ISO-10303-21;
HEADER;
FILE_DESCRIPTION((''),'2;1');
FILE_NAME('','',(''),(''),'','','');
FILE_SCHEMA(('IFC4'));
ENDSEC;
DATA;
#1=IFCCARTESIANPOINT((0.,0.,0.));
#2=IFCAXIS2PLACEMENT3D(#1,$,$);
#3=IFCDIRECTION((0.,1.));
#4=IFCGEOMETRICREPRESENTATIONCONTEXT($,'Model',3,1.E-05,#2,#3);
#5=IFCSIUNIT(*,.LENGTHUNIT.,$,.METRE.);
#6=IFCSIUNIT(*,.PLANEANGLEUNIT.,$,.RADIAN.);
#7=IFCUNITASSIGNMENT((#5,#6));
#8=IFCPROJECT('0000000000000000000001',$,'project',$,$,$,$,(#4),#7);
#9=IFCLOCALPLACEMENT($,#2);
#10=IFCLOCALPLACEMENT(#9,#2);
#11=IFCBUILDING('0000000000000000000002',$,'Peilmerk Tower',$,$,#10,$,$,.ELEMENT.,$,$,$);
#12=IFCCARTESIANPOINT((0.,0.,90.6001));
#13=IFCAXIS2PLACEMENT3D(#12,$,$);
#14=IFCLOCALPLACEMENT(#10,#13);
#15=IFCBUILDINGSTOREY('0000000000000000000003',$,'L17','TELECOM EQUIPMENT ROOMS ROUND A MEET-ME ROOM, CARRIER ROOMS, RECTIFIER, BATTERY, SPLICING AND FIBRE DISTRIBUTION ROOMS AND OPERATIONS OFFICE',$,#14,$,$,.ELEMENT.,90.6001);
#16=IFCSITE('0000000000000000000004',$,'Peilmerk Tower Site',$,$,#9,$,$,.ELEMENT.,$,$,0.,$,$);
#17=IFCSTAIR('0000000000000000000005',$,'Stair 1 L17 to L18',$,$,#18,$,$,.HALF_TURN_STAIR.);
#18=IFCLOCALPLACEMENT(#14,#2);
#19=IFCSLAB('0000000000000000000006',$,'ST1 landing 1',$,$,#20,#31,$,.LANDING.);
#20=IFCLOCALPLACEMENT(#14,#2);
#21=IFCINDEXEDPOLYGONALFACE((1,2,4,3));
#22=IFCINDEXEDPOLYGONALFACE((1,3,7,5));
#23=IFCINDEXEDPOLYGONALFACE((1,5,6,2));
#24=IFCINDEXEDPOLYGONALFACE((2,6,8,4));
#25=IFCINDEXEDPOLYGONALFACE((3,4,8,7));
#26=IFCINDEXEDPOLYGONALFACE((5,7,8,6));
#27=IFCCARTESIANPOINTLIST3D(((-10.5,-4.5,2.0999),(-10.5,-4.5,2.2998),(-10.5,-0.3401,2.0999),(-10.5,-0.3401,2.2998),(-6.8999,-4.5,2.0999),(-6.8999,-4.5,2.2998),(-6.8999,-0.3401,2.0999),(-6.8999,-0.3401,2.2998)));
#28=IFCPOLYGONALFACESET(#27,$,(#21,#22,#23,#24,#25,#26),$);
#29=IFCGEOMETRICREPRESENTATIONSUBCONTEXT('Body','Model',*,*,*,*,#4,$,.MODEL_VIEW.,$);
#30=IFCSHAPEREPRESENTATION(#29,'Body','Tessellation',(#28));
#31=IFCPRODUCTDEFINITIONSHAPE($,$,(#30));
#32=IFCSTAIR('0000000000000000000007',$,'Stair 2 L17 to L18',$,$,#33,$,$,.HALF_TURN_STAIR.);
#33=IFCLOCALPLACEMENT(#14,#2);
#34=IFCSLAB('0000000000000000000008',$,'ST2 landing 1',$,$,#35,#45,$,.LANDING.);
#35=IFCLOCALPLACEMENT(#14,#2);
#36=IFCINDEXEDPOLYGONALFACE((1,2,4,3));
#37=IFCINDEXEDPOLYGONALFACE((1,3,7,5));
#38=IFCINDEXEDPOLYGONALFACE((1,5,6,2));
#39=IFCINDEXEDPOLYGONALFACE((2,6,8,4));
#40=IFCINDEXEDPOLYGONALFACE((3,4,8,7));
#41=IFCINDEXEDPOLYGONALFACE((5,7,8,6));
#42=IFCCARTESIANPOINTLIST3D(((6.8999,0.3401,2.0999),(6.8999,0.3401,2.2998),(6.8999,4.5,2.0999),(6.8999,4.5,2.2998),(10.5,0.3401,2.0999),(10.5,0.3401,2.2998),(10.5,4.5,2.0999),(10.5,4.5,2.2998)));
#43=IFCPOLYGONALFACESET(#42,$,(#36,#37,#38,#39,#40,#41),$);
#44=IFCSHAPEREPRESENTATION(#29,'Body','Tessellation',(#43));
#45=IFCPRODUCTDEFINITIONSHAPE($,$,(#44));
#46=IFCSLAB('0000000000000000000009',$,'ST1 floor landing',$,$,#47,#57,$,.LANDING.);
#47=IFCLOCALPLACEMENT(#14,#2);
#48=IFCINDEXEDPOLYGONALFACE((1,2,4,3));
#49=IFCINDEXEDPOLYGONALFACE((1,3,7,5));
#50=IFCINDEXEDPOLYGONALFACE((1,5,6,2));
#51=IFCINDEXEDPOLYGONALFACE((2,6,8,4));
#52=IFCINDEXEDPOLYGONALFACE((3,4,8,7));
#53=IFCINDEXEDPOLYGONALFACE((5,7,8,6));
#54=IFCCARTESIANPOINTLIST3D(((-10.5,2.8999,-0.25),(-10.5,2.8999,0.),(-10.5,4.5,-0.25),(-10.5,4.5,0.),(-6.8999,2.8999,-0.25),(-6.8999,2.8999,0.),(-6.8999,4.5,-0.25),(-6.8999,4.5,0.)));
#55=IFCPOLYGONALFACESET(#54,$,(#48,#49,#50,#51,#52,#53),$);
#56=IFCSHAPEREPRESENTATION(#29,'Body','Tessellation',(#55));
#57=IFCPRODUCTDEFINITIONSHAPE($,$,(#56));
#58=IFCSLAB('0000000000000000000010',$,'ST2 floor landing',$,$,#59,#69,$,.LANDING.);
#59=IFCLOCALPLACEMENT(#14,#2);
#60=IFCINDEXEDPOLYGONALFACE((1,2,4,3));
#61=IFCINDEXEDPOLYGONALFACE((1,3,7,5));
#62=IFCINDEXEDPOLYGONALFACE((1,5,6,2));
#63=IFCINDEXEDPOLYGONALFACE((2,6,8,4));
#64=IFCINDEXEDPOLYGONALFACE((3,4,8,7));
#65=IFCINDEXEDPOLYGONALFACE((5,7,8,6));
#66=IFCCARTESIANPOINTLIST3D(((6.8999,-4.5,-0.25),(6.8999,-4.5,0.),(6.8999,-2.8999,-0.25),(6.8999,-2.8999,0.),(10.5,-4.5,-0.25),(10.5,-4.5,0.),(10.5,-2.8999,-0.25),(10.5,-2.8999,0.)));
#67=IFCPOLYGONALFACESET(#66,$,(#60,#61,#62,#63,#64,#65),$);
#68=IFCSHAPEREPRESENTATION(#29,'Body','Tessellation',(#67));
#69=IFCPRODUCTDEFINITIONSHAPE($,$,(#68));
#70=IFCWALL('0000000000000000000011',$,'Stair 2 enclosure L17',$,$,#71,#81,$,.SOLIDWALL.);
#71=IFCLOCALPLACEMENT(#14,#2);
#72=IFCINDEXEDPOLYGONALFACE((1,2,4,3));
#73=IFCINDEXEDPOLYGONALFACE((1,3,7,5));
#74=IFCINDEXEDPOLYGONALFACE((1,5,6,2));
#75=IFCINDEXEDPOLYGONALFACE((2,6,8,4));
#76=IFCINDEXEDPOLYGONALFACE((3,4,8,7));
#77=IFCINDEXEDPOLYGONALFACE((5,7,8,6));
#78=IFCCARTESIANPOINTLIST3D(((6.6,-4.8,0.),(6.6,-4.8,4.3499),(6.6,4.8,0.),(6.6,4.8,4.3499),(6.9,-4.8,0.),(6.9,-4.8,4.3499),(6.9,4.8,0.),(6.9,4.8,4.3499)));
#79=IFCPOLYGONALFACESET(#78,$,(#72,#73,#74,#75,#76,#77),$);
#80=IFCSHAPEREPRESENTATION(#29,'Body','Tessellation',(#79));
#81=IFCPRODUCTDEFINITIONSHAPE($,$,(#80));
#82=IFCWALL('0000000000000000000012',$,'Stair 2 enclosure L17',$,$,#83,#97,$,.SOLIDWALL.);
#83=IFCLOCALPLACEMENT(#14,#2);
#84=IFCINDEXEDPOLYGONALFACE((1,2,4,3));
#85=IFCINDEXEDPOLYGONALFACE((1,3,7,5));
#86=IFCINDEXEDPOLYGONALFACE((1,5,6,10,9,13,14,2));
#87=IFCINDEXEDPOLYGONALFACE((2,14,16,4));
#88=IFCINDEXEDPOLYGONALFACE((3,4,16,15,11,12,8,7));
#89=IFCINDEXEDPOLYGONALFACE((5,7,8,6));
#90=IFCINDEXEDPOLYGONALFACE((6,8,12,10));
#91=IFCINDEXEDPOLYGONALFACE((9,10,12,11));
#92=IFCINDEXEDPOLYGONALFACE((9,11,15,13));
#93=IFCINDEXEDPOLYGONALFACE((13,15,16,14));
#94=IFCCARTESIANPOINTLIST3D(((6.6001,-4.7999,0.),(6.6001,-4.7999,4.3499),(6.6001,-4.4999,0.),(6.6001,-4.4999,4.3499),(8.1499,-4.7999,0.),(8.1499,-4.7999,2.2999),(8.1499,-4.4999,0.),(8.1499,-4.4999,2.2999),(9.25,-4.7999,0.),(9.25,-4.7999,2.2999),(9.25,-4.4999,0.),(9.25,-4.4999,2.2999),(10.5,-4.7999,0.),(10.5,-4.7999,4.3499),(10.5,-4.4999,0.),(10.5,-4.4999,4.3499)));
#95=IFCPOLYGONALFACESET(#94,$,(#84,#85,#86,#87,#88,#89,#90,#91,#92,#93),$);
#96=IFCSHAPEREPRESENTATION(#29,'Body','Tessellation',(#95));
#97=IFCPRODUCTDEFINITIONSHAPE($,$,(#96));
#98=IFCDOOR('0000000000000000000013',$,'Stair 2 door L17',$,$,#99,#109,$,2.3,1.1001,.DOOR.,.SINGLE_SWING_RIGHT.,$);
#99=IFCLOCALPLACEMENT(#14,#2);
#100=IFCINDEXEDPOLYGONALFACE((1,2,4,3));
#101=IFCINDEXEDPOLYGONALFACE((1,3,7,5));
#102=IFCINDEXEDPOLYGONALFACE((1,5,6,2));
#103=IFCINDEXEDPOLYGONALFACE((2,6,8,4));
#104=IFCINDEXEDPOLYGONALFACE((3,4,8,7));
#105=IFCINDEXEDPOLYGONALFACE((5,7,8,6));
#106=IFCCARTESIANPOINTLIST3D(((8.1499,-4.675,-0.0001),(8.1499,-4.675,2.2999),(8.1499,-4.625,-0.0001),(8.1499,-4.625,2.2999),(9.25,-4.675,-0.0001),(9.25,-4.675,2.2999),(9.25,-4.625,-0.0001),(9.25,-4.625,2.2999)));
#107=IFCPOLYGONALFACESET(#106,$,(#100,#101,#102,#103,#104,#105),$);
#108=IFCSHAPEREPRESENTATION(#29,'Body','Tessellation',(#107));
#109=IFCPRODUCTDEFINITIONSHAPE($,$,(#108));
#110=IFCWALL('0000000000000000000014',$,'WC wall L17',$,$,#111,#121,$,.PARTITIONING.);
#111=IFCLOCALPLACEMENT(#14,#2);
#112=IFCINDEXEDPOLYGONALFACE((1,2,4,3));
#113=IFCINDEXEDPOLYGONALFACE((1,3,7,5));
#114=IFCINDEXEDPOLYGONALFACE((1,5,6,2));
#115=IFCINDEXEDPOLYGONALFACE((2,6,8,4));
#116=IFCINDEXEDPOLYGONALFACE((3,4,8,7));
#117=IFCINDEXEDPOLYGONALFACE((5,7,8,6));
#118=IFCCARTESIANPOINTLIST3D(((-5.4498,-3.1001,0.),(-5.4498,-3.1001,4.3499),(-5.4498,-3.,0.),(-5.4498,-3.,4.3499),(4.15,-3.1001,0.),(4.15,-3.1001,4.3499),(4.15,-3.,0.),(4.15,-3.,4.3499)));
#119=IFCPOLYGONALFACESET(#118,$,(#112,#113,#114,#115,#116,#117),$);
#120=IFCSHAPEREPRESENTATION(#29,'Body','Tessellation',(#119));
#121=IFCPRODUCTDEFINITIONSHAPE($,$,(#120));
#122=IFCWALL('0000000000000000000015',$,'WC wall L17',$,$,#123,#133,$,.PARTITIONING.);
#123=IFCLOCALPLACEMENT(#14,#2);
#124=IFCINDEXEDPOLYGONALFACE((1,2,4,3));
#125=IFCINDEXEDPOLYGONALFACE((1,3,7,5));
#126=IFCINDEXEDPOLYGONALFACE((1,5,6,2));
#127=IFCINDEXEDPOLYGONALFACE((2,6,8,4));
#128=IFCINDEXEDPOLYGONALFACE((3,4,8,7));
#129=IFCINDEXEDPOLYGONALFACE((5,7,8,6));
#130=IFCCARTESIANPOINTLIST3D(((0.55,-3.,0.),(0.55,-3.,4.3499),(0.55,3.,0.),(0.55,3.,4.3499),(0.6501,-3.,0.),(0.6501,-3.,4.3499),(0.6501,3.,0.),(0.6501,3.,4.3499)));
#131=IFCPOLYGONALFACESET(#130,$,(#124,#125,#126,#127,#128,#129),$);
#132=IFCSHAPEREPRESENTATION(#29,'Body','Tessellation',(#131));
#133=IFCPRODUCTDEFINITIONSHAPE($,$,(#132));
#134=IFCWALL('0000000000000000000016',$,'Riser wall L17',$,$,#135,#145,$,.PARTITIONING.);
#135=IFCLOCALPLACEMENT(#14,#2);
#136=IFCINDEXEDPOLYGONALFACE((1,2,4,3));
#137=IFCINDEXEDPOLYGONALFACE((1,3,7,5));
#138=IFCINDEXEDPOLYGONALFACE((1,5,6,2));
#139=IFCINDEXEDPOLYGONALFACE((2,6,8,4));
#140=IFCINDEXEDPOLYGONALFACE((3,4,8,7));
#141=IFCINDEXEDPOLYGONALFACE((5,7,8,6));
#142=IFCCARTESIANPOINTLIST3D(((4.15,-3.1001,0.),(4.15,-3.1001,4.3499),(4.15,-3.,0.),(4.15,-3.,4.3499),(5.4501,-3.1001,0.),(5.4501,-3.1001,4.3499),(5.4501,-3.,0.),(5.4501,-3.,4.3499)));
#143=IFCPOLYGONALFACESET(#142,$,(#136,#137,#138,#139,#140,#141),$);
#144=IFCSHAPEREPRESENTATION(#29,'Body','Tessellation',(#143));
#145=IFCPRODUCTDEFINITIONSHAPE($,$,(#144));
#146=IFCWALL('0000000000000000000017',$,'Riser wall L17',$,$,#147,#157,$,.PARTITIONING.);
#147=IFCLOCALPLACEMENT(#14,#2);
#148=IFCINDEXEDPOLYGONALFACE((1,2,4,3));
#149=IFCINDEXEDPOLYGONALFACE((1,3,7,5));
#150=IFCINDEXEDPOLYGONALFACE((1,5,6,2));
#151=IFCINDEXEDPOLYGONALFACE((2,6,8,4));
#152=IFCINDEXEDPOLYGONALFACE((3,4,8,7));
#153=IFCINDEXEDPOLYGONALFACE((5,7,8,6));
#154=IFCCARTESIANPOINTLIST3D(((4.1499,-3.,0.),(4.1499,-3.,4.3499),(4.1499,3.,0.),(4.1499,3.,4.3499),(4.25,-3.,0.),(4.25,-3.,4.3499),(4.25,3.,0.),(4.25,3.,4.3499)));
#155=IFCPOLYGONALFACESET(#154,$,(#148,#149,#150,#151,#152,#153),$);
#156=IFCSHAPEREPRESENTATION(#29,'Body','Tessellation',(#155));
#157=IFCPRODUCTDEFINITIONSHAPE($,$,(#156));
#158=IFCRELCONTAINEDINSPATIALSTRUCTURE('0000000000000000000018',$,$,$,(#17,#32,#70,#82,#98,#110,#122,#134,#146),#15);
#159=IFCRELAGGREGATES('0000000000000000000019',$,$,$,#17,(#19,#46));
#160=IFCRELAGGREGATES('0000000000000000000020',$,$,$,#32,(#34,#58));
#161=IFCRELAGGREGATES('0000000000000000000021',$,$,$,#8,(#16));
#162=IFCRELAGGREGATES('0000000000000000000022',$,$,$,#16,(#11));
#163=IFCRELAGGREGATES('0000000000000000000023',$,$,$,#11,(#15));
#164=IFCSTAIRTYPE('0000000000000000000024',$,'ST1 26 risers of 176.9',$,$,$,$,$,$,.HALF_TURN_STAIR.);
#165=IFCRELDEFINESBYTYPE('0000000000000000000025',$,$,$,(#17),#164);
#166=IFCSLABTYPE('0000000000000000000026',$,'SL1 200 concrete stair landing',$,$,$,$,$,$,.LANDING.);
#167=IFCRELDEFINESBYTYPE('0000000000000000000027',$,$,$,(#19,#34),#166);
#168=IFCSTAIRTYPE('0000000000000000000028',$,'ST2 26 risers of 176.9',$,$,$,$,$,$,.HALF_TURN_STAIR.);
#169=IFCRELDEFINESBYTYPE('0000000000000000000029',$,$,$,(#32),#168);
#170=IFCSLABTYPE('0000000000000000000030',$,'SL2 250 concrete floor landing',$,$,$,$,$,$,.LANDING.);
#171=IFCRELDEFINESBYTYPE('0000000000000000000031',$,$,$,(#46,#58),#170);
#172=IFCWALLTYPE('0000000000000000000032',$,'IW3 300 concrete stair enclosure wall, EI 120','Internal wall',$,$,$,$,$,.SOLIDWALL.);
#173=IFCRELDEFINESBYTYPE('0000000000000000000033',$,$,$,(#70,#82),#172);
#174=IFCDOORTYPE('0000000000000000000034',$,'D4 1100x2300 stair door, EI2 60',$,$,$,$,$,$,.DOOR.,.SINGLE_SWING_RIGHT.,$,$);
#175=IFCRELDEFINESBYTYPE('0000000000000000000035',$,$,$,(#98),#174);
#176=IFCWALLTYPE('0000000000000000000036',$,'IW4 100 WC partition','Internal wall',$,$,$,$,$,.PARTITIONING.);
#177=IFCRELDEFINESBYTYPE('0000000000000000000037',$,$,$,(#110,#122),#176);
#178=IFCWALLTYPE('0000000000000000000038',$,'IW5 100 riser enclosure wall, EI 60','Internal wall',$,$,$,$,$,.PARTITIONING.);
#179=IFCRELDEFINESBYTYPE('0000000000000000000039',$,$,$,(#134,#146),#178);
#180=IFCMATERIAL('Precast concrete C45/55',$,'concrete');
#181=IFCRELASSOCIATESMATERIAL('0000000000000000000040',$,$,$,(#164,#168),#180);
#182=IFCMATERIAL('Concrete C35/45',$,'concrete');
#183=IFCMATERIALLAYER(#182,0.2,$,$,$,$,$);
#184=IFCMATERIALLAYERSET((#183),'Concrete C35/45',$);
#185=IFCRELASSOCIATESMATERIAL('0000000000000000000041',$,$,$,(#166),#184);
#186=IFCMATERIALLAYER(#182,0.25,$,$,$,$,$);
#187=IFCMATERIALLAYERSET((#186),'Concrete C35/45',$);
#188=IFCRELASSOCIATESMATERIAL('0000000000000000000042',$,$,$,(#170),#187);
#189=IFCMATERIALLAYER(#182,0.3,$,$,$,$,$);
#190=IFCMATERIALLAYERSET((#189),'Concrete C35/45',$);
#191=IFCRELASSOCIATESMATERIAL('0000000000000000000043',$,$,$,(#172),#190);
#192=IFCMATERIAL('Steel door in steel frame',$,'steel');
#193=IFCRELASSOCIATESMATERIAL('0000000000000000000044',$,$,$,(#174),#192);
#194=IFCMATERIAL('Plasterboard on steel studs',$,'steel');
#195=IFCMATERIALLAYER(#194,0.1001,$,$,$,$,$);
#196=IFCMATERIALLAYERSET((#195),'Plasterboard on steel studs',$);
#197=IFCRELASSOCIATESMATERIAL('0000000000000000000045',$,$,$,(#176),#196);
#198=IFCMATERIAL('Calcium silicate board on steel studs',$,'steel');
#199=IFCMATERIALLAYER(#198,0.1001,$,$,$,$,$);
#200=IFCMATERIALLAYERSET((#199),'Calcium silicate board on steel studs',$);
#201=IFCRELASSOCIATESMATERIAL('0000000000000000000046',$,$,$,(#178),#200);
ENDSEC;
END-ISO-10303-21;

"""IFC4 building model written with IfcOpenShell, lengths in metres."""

from ifc_helpers import new_model, si_unit, direction, frame, frame_2d, origin, place, context, subcontext, project, spatial, polyline, rectangle, outline, extrude, material, layer, layer_set, type_object, element, fill, aggregate, save


model = new_model("IFC4")

# Units and contexts
model_context = context("Model", 3, precision=1e-05, world=origin(), true_north=direction((0.0, 1.0)))
body_context = subcontext(model_context, "Body", "Model", "MODEL_VIEW")
ifc_project = project(units=[si_unit("LENGTHUNIT", "METRE"), si_unit("PLANEANGLEUNIT", "RADIAN")], contexts=[model_context])

# Site, building, storey
site_placement = place(None, origin())
site = spatial("IfcSite", under=ifc_project, at=site_placement, Name="Peilmerk Tower Site", CompositionType="ELEMENT", RefElevation=0.0)
building_placement = place(site_placement, origin())
building = spatial("IfcBuilding", under=site, at=building_placement, Name="Peilmerk Tower", CompositionType="ELEMENT")
storey_placement = place(building_placement, frame((0.0, 0.0, 90.6001)))
storey = spatial("IfcBuildingStorey", under=building, at=storey_placement, Name="L17", Description="TELECOM EQUIPMENT ROOMS ROUND A MEET-ME ROOM, CARRIER ROOMS, RECTIFIER, BATTERY, SPLICING AND FIBRE DISTRIBUTION ROOMS AND OPERATIONS OFFICE", CompositionType="ELEMENT", Elevation=90.6001)

# Stairs, slabs
ifc_material_1 = material(Name="Precast concrete C45/55", Category="concrete")
stair_type_1 = type_object("IfcStairType", Name="ST1 26 risers of 176.9", PredefinedType="HALF_TURN_STAIR", material=ifc_material_1)
stair_1_placement = place(storey_placement, origin())
stair_1 = element("IfcStair", 1, at=stair_1_placement, inside=storey, type_object=stair_type_1, Name="Stair 1 L17 to L18", PredefinedType="HALF_TURN_STAIR")
ifc_material_2 = material(Name="Concrete C35/45", Category="concrete")
ifc_layer_1 = layer(ifc_material_2, 0.2)
ifc_layer_set_1 = layer_set([ifc_layer_1], Name="Concrete C35/45")
slab_type_1 = type_object("IfcSlabType", Name="SL1 200 concrete stair landing", PredefinedType="LANDING", material=ifc_layer_set_1)
slab_1_placement = place(storey_placement, frame((0.0, 0.0, 2.0999)))
slab_1 = element("IfcSlab", 2, at=slab_1_placement, type_object=slab_type_1, Name="ST1 landing 1", PredefinedType="LANDING", context=body_context, shape_type="SweptSolid", body=[
    extrude(outline(polyline([(-10.5, -4.5), (-6.8999, -4.5), (-6.8999, -0.3401), (-10.5, -0.3401), (-10.5, -4.5)])), origin(), (0.0, 0.0, 1.0), 0.2),
])
stair_type_2 = type_object("IfcStairType", Name="ST2 26 risers of 176.9", PredefinedType="HALF_TURN_STAIR", material=ifc_material_1)
stair_2_placement = place(storey_placement, origin())
stair_2 = element("IfcStair", 3, at=stair_2_placement, inside=storey, type_object=stair_type_2, Name="Stair 2 L17 to L18", PredefinedType="HALF_TURN_STAIR")
slab_2_placement = place(storey_placement, frame((0.0, 0.0, 2.0999)))
slab_2 = element("IfcSlab", 4, at=slab_2_placement, type_object=slab_type_1, Name="ST2 landing 1", PredefinedType="LANDING", context=body_context, shape_type="SweptSolid", body=[
    extrude(outline(polyline([(6.8999, 0.3401), (10.5, 0.3401), (10.5, 4.5), (6.8999, 4.5), (6.8999, 0.3401)])), origin(), (0.0, 0.0, 1.0), 0.2),
])

# Slabs
ifc_layer_2 = layer(ifc_material_2, 0.25)
ifc_layer_set_2 = layer_set([ifc_layer_2], Name="Concrete C35/45")
slab_type_2 = type_object("IfcSlabType", Name="SL2 250 concrete floor landing", PredefinedType="LANDING", material=ifc_layer_set_2)
slab_3_placement = place(storey_placement, frame((0.0, 0.0, -0.25)))
slab_3 = element("IfcSlab", 5, at=slab_3_placement, type_object=slab_type_2, Name="ST1 floor landing", PredefinedType="LANDING", context=body_context, shape_type="SweptSolid", body=[
    extrude(outline(polyline([(-10.5, 2.8999), (-6.8999, 2.8999), (-6.8999, 4.5), (-10.5, 4.5), (-10.5, 2.8999)])), origin(), (0.0, 0.0, 1.0), 0.25),
])
aggregate(stair_1, [slab_1, slab_3])
slab_4_placement = place(storey_placement, frame((0.0, 0.0, -0.25)))
slab_4 = element("IfcSlab", 6, at=slab_4_placement, type_object=slab_type_2, Name="ST2 floor landing", PredefinedType="LANDING", context=body_context, shape_type="SweptSolid", body=[
    extrude(outline(polyline([(6.8999, -4.5), (10.5, -4.5), (10.5, -2.8999), (6.8999, -2.8999), (6.8999, -4.5)])), origin(), (0.0, 0.0, 1.0), 0.25),
])

# Wall
ifc_layer_3 = layer(ifc_material_2, 0.3)
ifc_layer_set_3 = layer_set([ifc_layer_3], Name="Concrete C35/45")
wall_type_1 = type_object("IfcWallType", Name="IW3 300 concrete stair enclosure wall, EI 120", Description="Internal wall", PredefinedType="SOLIDWALL", material=ifc_layer_set_3)
wall_1_placement = place(storey_placement, frame((6.75, -4.8, 0.0), z_axis=(0.0, 0.0, 1.0), x_axis=(0.0, 1.0, 0.0)))
element("IfcWall", 7, at=wall_1_placement, inside=storey, type_object=wall_type_1, Name="Stair 2 enclosure L17", PredefinedType="SOLIDWALL", context=body_context, shape_type="SweptSolid", body=[
    extrude(rectangle(XDim=9.6001, YDim=0.3, at=frame_2d((4.8, 0.0))), origin(), (0.0, 0.0, 1.0), 4.3499),
])

# Wall, opening, door
wall_2_placement = place(storey_placement, frame((10.5, -4.6499, 0.0), z_axis=(0.0, 0.0, 1.0), x_axis=(-1.0, 0.0, 0.0)))
wall_2 = element("IfcWall", 8, at=wall_2_placement, inside=storey, type_object=wall_type_1, Name="Stair 2 enclosure L17", PredefinedType="SOLIDWALL", context=body_context, shape_type="SweptSolid", body=[
    extrude(rectangle(XDim=3.8999, YDim=0.3, at=frame_2d((1.95, 0.0))), origin(), (0.0, 0.0, 1.0), 4.3499),
])
opening_1_placement = place(wall_2_placement, frame((1.25, 0.0, 0.0)))
opening_1 = element("IfcOpeningElement", 9, at=opening_1_placement, cuts=wall_2, PredefinedType="OPENING", context=body_context, shape_type="SweptSolid", body=[
    extrude(rectangle(XDim=1.1001, YDim=2.3, at=frame_2d((0.55, 1.1499))), frame((0.0, 0.1599, 0.0), z_axis=(0.0, -1.0, 0.0), x_axis=(1.0, 0.0, 0.0)), (0.0, 0.0, 1.0), 0.3201),
])
ifc_material_3 = material(Name="Steel door in steel frame", Category="steel")
door_type_1 = type_object("IfcDoorType", Name="D4 1100x2300 stair door, EI2 60", OperationType="SINGLE_SWING_RIGHT", PredefinedType="DOOR", material=ifc_material_3)
door_1_placement = place(opening_1_placement, frame((1.1001, 0.0, 0.0), z_axis=(0.0, 0.0, 1.0), x_axis=(-1.0, 0.0, 0.0)))
door_1 = element("IfcDoor", 10, at=door_1_placement, inside=storey, type_object=door_type_1, Name="Stair 2 door L17", OperationType="SINGLE_SWING_RIGHT", OverallHeight=2.3, OverallWidth=1.1001, PredefinedType="DOOR", context=body_context, shape_type="SweptSolid", body=[
    extrude(rectangle(XDim=1.1001, YDim=2.3, at=frame_2d((0.55, 1.1499))), frame((0.0, 0.0249, 0.0), z_axis=(0.0, -1.0, 0.0), x_axis=(1.0, 0.0, 0.0)), (0.0, 0.0, 1.0), 0.05),
])
fill(opening_1, door_1)

# Walls
ifc_material_4 = material(Name="Plasterboard on steel studs", Category="steel")
ifc_layer_4 = layer(ifc_material_4, 0.1001)
ifc_layer_set_4 = layer_set([ifc_layer_4], Name="Plasterboard on steel studs")
wall_type_2 = type_object("IfcWallType", Name="IW4 100 WC partition", Description="Internal wall", PredefinedType="PARTITIONING", material=ifc_layer_set_4)
wall_3_placement = place(storey_placement, frame((4.1499, -3.05, 0.0), z_axis=(0.0, 0.0, 1.0), x_axis=(-1.0, 0.0, 0.0)))
element("IfcWall", 11, at=wall_3_placement, inside=storey, type_object=wall_type_2, Name="WC wall L17", PredefinedType="PARTITIONING", context=body_context, shape_type="SweptSolid", body=[
    extrude(rectangle(XDim=9.5999, YDim=0.1001, at=frame_2d((4.7998, 0.0))), origin(), (0.0, 0.0, 1.0), 4.3499),
])
wall_4_placement = place(storey_placement, frame((0.6001, -3.0, 0.0), z_axis=(0.0, 0.0, 1.0), x_axis=(0.0, 1.0, 0.0)))
element("IfcWall", 12, at=wall_4_placement, inside=storey, type_object=wall_type_2, Name="WC wall L17", PredefinedType="PARTITIONING", context=body_context, shape_type="SweptSolid", body=[
    extrude(rectangle(XDim=6.0, YDim=0.1001, at=frame_2d((3.0, 0.0))), origin(), (0.0, 0.0, 1.0), 4.3499),
])
ifc_material_5 = material(Name="Calcium silicate board on steel studs", Category="steel")
ifc_layer_5 = layer(ifc_material_5, 0.1001)
ifc_layer_set_5 = layer_set([ifc_layer_5], Name="Calcium silicate board on steel studs")
wall_type_3 = type_object("IfcWallType", Name="IW5 100 riser enclosure wall, EI 60", Description="Internal wall", PredefinedType="PARTITIONING", material=ifc_layer_set_5)
wall_5_placement = place(storey_placement, frame((5.45, -3.05, 0.0), z_axis=(0.0, 0.0, 1.0), x_axis=(-1.0, 0.0, 0.0)))
element("IfcWall", 13, at=wall_5_placement, inside=storey, type_object=wall_type_3, Name="Riser wall L17", PredefinedType="PARTITIONING", context=body_context, shape_type="SweptSolid", body=[
    extrude(rectangle(XDim=1.3, YDim=0.1001, at=frame_2d((0.6499, 0.0))), origin(), (0.0, 0.0, 1.0), 4.3499),
])
wall_6_placement = place(storey_placement, frame((4.2, -3.0, 0.0), z_axis=(0.0, 0.0, 1.0), x_axis=(0.0, 1.0, 0.0)))
element("IfcWall", 14, at=wall_6_placement, inside=storey, type_object=wall_type_3, Name="Riser wall L17", PredefinedType="PARTITIONING", context=body_context, shape_type="SweptSolid", body=[
    extrude(rectangle(XDim=6.0, YDim=0.1001, at=frame_2d((3.0, 0.0))), origin(), (0.0, 0.0, 1.0), 4.3499),
])

aggregate(stair_2, [slab_2, slab_4])

save(model, "model.ifc")
